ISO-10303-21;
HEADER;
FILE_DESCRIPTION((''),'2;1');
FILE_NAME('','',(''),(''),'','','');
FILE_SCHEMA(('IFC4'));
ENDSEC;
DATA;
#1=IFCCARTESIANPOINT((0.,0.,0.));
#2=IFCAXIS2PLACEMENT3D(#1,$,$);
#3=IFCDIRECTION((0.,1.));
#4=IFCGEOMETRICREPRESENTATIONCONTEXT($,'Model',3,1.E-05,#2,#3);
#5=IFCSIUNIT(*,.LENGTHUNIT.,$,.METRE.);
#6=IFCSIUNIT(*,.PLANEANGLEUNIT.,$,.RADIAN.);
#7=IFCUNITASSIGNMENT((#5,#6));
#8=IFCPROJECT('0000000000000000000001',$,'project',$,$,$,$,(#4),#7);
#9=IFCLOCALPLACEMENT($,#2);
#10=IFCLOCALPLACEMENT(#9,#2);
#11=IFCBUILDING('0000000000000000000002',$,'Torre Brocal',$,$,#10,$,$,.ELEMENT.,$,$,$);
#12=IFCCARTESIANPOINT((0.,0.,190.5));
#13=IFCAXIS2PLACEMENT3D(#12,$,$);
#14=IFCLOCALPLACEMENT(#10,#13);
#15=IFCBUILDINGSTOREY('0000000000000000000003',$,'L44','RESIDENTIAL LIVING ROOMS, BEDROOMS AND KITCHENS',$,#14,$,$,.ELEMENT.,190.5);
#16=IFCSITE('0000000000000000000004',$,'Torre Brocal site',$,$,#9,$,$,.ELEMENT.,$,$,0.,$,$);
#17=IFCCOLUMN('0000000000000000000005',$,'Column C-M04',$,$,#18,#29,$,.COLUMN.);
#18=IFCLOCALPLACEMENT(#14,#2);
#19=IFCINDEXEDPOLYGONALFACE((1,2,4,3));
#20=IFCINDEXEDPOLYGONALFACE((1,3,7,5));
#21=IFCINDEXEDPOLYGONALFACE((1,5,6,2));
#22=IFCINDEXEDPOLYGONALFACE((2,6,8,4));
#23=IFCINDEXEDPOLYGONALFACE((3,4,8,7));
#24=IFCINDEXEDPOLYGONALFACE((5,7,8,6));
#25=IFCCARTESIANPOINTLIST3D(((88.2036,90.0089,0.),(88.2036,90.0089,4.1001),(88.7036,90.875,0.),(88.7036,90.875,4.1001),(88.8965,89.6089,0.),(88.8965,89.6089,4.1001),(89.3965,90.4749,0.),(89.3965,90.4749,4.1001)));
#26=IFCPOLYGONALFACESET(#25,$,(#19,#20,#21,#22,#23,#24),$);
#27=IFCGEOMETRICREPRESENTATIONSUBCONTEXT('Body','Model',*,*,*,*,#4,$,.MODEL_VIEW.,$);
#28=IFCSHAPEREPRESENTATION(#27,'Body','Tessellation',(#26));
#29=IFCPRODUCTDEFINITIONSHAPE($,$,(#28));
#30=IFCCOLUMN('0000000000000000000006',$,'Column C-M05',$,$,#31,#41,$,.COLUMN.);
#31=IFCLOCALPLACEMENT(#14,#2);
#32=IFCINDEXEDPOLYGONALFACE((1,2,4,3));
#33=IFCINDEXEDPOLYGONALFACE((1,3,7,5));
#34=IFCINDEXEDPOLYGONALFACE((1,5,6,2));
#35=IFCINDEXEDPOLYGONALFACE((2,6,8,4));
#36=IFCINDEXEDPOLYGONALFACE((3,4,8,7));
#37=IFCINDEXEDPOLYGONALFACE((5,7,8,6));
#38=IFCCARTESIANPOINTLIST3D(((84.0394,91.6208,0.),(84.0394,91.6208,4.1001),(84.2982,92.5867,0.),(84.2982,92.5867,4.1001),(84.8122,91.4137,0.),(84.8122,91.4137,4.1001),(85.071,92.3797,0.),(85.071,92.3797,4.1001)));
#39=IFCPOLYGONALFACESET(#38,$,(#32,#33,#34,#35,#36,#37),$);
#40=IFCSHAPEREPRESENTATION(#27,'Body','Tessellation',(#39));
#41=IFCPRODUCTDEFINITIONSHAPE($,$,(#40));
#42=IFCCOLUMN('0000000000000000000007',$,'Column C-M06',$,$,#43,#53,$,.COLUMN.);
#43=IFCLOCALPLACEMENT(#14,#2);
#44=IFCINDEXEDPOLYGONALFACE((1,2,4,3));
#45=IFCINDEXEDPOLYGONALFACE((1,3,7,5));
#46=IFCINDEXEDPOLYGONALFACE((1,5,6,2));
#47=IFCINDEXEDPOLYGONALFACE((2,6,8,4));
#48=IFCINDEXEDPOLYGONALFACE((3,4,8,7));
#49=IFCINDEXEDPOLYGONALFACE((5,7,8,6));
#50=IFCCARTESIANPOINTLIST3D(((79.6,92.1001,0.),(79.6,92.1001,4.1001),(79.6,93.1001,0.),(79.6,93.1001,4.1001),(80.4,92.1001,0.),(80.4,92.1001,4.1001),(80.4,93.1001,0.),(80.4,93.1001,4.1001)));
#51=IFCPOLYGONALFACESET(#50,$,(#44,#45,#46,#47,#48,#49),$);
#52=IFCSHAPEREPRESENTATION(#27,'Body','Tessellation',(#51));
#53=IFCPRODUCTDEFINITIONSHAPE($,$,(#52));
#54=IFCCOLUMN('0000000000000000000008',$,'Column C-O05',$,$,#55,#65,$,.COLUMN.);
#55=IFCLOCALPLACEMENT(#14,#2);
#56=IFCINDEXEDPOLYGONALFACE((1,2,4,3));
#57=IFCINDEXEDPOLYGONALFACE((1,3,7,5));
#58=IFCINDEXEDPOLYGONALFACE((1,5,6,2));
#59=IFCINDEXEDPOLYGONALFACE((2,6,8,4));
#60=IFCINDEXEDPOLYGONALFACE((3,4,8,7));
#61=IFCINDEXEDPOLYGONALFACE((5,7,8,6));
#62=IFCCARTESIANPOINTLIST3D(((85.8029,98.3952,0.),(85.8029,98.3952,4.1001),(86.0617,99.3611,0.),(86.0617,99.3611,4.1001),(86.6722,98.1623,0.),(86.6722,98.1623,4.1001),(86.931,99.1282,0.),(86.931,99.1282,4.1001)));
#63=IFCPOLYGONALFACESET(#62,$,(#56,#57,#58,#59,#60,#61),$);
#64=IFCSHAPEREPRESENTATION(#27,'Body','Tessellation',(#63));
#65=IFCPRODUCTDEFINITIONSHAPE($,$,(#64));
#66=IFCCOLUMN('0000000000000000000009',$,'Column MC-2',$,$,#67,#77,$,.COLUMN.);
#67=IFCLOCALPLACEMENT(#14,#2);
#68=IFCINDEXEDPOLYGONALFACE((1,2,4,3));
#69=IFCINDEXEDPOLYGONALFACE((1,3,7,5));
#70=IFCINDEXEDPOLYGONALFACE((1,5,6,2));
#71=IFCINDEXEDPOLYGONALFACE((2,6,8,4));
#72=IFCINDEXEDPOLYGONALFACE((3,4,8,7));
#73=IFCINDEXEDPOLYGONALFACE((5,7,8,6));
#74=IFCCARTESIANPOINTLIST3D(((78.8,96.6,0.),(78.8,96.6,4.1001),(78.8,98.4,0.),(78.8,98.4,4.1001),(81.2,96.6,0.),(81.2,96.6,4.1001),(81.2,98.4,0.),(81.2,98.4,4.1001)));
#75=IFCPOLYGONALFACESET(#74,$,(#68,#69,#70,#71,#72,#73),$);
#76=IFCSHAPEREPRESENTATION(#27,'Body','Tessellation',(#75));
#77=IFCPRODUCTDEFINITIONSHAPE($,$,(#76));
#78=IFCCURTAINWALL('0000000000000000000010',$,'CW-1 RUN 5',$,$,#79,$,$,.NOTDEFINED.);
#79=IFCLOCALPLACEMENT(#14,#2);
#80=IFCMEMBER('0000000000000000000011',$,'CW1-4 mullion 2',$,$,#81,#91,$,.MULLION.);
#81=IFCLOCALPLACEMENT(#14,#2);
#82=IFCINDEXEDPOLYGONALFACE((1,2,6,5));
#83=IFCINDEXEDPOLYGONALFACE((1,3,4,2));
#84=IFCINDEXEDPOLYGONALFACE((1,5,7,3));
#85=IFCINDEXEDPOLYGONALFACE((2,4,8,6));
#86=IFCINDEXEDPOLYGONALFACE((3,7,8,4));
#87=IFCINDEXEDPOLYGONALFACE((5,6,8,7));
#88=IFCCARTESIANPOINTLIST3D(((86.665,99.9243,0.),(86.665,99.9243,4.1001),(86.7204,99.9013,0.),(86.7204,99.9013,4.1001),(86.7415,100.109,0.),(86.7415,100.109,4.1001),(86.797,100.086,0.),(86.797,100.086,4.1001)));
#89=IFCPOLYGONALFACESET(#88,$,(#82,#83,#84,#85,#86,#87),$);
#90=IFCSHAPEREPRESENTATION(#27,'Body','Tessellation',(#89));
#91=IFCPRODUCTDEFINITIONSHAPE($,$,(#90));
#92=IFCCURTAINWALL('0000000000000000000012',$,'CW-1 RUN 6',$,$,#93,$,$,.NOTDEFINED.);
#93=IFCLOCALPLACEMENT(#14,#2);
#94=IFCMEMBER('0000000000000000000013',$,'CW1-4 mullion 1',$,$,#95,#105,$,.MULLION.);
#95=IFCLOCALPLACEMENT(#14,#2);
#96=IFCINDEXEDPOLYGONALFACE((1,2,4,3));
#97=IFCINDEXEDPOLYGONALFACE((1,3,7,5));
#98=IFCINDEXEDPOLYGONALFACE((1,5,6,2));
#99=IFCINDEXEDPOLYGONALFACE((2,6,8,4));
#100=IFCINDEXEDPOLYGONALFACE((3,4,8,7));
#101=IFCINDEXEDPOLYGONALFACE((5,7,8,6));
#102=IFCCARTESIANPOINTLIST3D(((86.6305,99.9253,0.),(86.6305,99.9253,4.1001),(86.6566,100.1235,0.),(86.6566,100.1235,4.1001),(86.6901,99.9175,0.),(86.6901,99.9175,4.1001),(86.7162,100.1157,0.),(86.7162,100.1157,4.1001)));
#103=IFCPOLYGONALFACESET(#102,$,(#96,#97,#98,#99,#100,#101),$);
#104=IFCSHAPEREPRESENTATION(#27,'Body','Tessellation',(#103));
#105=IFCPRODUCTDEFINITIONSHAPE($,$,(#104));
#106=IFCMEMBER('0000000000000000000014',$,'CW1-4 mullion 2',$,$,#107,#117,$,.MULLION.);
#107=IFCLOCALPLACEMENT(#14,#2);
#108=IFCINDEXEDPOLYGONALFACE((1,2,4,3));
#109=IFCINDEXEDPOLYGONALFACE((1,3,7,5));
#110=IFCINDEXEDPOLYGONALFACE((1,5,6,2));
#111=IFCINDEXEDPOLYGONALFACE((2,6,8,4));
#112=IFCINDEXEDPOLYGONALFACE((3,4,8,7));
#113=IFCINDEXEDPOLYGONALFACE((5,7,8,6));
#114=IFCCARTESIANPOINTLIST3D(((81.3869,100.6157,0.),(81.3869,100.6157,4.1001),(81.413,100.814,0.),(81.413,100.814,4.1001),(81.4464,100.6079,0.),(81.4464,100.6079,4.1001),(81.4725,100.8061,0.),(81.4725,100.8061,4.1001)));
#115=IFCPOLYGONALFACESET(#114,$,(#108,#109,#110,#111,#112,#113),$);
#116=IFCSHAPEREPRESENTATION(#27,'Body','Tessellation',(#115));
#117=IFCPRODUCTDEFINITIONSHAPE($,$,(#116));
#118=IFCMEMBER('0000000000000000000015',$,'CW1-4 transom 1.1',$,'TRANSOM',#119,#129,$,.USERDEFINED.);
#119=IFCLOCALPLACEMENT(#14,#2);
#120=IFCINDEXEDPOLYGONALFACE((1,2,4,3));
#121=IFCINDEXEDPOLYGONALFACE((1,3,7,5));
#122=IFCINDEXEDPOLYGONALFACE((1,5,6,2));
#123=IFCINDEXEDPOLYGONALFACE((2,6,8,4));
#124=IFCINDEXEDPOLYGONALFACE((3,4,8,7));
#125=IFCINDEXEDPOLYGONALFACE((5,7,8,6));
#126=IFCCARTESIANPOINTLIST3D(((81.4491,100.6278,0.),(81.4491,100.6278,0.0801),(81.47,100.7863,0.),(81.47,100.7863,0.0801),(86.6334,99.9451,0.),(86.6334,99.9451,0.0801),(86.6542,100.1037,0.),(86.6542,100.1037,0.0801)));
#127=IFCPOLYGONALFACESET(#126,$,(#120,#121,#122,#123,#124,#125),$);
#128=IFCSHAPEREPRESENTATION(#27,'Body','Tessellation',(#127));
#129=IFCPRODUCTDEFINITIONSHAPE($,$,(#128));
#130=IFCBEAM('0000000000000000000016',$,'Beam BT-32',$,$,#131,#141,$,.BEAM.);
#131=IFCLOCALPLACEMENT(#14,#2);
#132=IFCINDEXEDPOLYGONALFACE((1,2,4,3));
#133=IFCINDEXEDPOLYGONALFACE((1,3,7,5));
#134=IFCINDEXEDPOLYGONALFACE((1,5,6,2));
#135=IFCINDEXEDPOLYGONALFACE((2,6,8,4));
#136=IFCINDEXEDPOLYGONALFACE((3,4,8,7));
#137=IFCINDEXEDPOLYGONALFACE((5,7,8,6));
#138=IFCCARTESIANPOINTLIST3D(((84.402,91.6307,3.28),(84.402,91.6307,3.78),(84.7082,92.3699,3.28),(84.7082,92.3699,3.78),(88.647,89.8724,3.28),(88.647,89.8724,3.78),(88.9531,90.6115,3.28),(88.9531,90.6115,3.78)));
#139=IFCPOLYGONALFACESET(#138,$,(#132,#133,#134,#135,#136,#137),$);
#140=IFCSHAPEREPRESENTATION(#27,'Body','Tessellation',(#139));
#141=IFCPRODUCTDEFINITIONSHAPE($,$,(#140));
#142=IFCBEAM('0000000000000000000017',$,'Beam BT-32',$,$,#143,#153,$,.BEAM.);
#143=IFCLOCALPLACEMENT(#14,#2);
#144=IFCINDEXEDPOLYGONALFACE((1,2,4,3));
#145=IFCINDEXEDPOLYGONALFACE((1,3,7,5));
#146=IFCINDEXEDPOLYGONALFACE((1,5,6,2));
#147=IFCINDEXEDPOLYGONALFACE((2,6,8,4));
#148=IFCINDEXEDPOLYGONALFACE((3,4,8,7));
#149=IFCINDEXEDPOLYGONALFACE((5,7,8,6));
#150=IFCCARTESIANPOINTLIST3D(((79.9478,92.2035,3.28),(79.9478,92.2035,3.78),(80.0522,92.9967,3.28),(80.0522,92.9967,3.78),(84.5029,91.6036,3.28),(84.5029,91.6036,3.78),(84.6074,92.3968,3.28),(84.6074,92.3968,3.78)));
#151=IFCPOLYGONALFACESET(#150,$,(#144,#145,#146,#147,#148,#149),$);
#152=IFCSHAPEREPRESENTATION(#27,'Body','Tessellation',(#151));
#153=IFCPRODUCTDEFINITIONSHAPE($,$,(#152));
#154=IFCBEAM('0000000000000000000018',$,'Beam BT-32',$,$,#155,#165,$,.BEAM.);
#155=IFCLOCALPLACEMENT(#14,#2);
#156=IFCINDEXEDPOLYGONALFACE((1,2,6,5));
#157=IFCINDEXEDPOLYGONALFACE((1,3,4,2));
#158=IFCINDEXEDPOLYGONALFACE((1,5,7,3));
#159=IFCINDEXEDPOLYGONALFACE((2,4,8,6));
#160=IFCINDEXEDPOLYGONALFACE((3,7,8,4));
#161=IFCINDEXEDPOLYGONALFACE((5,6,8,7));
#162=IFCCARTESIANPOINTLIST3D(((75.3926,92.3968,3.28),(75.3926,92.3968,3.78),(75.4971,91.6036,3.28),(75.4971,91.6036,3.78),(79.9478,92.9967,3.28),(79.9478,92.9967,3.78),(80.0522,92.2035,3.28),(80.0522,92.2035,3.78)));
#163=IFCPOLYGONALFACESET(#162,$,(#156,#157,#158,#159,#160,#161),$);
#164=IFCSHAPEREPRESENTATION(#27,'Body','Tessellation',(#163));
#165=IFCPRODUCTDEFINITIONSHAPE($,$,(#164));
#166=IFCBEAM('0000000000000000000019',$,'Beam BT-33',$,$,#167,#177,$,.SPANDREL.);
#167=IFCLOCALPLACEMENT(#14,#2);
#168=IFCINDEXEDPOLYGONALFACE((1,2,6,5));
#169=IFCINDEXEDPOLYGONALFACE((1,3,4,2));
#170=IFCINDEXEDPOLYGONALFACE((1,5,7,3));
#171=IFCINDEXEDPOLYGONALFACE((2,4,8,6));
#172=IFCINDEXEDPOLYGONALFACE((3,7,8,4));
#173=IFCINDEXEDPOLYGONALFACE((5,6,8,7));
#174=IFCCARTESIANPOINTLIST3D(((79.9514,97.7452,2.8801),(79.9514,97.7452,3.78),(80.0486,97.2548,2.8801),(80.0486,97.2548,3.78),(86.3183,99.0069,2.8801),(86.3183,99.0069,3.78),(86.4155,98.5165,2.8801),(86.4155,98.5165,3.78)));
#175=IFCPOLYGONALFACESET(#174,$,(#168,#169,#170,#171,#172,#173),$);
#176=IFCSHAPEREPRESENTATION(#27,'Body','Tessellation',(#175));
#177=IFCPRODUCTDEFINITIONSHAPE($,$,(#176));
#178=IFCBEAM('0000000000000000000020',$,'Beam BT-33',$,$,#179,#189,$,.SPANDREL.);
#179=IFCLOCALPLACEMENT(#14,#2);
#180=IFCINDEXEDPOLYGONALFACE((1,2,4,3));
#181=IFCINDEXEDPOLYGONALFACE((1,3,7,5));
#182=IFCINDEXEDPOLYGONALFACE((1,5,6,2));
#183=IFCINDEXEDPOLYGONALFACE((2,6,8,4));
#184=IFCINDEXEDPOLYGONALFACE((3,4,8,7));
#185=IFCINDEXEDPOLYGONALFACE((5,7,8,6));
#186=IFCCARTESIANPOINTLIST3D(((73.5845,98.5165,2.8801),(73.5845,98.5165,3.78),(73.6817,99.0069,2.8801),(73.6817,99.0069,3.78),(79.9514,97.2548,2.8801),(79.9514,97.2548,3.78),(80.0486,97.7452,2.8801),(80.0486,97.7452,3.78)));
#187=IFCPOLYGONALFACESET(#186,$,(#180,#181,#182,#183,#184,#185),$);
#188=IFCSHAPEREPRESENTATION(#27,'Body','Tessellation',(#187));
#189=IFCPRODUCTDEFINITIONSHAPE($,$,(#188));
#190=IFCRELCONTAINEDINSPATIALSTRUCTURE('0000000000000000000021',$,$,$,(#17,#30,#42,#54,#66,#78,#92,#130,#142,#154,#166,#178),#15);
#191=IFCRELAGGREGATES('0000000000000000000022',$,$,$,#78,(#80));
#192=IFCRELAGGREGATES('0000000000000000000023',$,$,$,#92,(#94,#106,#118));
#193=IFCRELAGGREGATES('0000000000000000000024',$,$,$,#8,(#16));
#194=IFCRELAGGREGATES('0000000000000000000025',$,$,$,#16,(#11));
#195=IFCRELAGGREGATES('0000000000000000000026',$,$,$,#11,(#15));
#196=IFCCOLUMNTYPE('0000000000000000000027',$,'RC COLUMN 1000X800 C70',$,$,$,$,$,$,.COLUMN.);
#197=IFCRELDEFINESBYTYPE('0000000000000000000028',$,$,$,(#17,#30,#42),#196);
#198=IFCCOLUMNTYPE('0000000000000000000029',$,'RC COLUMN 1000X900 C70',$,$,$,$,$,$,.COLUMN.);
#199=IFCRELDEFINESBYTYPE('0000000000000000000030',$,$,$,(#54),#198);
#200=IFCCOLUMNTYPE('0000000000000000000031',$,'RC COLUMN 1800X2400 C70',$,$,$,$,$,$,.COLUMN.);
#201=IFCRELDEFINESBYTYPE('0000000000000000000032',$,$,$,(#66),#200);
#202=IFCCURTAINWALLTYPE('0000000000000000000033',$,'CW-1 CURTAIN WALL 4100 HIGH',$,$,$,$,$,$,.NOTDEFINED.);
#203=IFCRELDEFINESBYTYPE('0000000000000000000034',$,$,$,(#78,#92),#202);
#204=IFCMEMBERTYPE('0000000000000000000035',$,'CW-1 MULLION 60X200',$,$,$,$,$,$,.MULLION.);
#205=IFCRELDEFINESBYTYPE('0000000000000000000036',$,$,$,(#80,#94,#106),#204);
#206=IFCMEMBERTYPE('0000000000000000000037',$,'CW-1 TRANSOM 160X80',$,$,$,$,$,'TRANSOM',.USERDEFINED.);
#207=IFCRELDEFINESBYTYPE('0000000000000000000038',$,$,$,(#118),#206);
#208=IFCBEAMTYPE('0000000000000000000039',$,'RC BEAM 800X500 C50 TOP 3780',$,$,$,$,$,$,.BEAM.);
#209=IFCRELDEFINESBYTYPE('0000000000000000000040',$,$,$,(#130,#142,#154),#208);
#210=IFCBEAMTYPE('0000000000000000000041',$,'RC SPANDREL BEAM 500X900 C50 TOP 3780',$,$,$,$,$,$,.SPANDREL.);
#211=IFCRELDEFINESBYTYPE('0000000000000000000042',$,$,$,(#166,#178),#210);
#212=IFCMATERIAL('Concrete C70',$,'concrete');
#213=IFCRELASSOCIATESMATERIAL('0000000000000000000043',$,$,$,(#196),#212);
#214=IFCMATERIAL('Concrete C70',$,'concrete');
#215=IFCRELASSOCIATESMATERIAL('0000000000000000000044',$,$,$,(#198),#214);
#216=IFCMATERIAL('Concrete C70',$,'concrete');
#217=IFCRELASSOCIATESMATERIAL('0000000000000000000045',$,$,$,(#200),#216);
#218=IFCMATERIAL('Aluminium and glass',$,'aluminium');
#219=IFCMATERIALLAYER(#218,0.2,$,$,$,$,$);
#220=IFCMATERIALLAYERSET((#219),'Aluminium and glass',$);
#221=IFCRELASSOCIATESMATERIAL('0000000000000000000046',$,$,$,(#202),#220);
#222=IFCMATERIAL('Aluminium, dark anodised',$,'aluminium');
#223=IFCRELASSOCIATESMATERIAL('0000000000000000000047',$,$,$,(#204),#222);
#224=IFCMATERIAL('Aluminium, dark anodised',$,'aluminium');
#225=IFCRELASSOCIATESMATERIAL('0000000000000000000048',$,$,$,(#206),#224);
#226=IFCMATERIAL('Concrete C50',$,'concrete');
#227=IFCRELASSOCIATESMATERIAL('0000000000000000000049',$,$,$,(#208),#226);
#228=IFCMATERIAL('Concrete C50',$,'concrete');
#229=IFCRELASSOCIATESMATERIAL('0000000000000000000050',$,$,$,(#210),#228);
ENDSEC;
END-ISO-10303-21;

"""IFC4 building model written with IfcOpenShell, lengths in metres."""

from ifc_helpers import new_model, si_unit, direction, frame, origin, origin_2d, place, context, subcontext, project, spatial, rectangle, extrude, material, layer, layer_set, material_profile, profile_set, type_object, element, aggregate, save


model = new_model("IFC4")

# Units and contexts
model_context = context("Model", 3, precision=1e-05, world=origin(), true_north=direction((0.0, 1.0)))
body_context = subcontext(model_context, "Body", "Model", "MODEL_VIEW")
ifc_project = project(units=[si_unit("LENGTHUNIT", "METRE"), si_unit("PLANEANGLEUNIT", "RADIAN")], contexts=[model_context])

# Site, building, storey
site_placement = place(None, origin())
site = spatial("IfcSite", under=ifc_project, at=site_placement, Name="Torre Brocal site", CompositionType="ELEMENT", RefElevation=0.0)
building_placement = place(site_placement, origin())
building = spatial("IfcBuilding", under=site, at=building_placement, Name="Torre Brocal", CompositionType="ELEMENT")
storey_placement = place(building_placement, frame((0.0, 0.0, 190.5)))
storey = spatial("IfcBuildingStorey", under=building, at=storey_placement, Name="L44", Description="RESIDENTIAL LIVING ROOMS, BEDROOMS AND KITCHENS", CompositionType="ELEMENT", Elevation=190.5)

# Columns
ifc_material_1 = material(Name="Concrete C70", Category="concrete")
ifc_material_profile_1 = material_profile(ifc_material_1, rectangle(XDim=1.0, YDim=0.8, at=origin_2d()), Name="RC 1000X800")
ifc_profile_set_1 = profile_set([ifc_material_profile_1], Name="Concrete C70")
column_type_1 = type_object("IfcColumnType", Name="RC COLUMN 1000X800 C70", PredefinedType="COLUMN", material=ifc_profile_set_1)
for number, where, z_axis, x_axis, name in (
    (1, (88.8, 90.2419, 0.0), (0.0, 0.0, 1.0), (0.5, 0.866025, 0.0), "Column C-M04"),
    (2, (84.5552, 92.0002, 0.0), (0.0, 0.0, 1.0), (0.258819, 0.965926, 0.0), "Column C-M05"),
    (3, (80.0, 92.6001, 0.0), (0.0, 0.0, 1.0), (0.0, 1.0, 0.0), "Column C-M06"),
):
    element("IfcColumn", number, at=place(storey_placement, frame(where, z_axis=z_axis, x_axis=x_axis)), inside=storey, type_object=column_type_1, Name=name, PredefinedType="COLUMN", context=body_context, shape_type="SweptSolid", body=[
        extrude(rectangle(XDim=1.0, YDim=0.8, at=origin_2d()), origin(), (0.0, 0.0, 1.0), 4.1001),
    ])
ifc_material_2 = material(Name="Concrete C70", Category="concrete")
ifc_material_profile_2 = material_profile(ifc_material_2, rectangle(XDim=1.0, YDim=0.8999, at=origin_2d()), Name="RC 1000X900")
ifc_profile_set_2 = profile_set([ifc_material_profile_2], Name="Concrete C70")
column_type_2 = type_object("IfcColumnType", Name="RC COLUMN 1000X900 C70", PredefinedType="COLUMN", material=ifc_profile_set_2)
column_1_placement = place(storey_placement, frame((86.3669, 98.7617, 0.0), z_axis=(0.0, 0.0, 1.0), x_axis=(0.258819, 0.965926, 0.0)))
element("IfcColumn", 4, at=column_1_placement, inside=storey, type_object=column_type_2, Name="Column C-O05", PredefinedType="COLUMN", context=body_context, shape_type="SweptSolid", body=[
    extrude(rectangle(XDim=1.0, YDim=0.8999, at=origin_2d()), origin(), (0.0, 0.0, 1.0), 4.1001),
])
ifc_material_3 = material(Name="Concrete C70", Category="concrete")
ifc_material_profile_3 = material_profile(ifc_material_3, rectangle(XDim=1.8, YDim=2.3999, at=origin_2d()), Name="RC 1800X2400")
ifc_profile_set_3 = profile_set([ifc_material_profile_3], Name="Concrete C70")
column_type_3 = type_object("IfcColumnType", Name="RC COLUMN 1800X2400 C70", PredefinedType="COLUMN", material=ifc_profile_set_3)
column_2_placement = place(storey_placement, frame((80.0, 97.5, 0.0), z_axis=(0.0, 0.0, 1.0), x_axis=(0.0, 1.0, 0.0)))
element("IfcColumn", 5, at=column_2_placement, inside=storey, type_object=column_type_3, Name="Column MC-2", PredefinedType="COLUMN", context=body_context, shape_type="SweptSolid", body=[
    extrude(rectangle(XDim=1.8, YDim=2.3999, at=origin_2d()), origin(), (0.0, 0.0, 1.0), 4.1001),
])

# Curtain wall, member
ifc_material_4 = material(Name="Aluminium and glass", Category="aluminium")
ifc_layer_1 = layer(ifc_material_4, 0.2)
ifc_layer_set_1 = layer_set([ifc_layer_1], Name="Aluminium and glass")
curtain_wall_type = type_object("IfcCurtainWallType", Name="CW-1 CURTAIN WALL 4100 HIGH", PredefinedType="NOTDEFINED", material=ifc_layer_set_1)
curtain_wall_1_placement = place(storey_placement, origin())
curtain_wall_1 = element("IfcCurtainWall", 6, at=curtain_wall_1_placement, inside=storey, type_object=curtain_wall_type, Name="CW-1 RUN 5", PredefinedType="NOTDEFINED")
ifc_material_5 = material(Name="Aluminium, dark anodised", Category="aluminium")
ifc_material_profile_4 = material_profile(ifc_material_5, rectangle(XDim=0.2, YDim=0.0601, at=origin_2d()), Name="CW-1 MULLION 60X200")
ifc_profile_set_4 = profile_set([ifc_material_profile_4], Name="Aluminium, dark anodised")
member_type_1 = type_object("IfcMemberType", Name="CW-1 MULLION 60X200", PredefinedType="MULLION", material=ifc_profile_set_4)
member_1_placement = place(storey_placement, frame((86.731, 100.0051, 0.0), z_axis=(0.0, 0.0, 1.0), x_axis=(-0.382683, -0.92388, 0.0)))
member_1 = element("IfcMember", 7, at=member_1_placement, type_object=member_type_1, Name="CW1-4 mullion 2", PredefinedType="MULLION", context=body_context, shape_type="SweptSolid", body=[
    extrude(rectangle(XDim=0.2, YDim=0.0601, at=origin_2d()), origin(), (0.0, 0.0, 1.0), 4.1001),
])

# Curtain wall, members
curtain_wall_2_placement = place(storey_placement, origin())
curtain_wall_2 = element("IfcCurtainWall", 8, at=curtain_wall_2_placement, inside=storey, type_object=curtain_wall_type, Name="CW-1 RUN 6", PredefinedType="NOTDEFINED")
member_2_placement = place(storey_placement, frame((86.6733, 100.0205, 0.0), z_axis=(0.0, 0.0, 1.0), x_axis=(-0.130526, -0.991445, 0.0)))
member_2 = element("IfcMember", 9, at=member_2_placement, type_object=member_type_1, Name="CW1-4 mullion 1", PredefinedType="MULLION", context=body_context, shape_type="SweptSolid", body=[
    extrude(rectangle(XDim=0.2, YDim=0.0601, at=origin_2d()), origin(), (0.0, 0.0, 1.0), 4.1001),
])
member_3_placement = place(storey_placement, frame((81.4297, 100.7109, 0.0), z_axis=(0.0, 0.0, 1.0), x_axis=(-0.130526, -0.991445, 0.0)))
member_3 = element("IfcMember", 10, at=member_3_placement, type_object=member_type_1, Name="CW1-4 mullion 2", PredefinedType="MULLION", context=body_context, shape_type="SweptSolid", body=[
    extrude(rectangle(XDim=0.2, YDim=0.0601, at=origin_2d()), origin(), (0.0, 0.0, 1.0), 4.1001),
])
ifc_material_6 = material(Name="Aluminium, dark anodised", Category="aluminium")
ifc_material_profile_5 = material_profile(ifc_material_6, rectangle(XDim=0.1599, YDim=0.0801, at=origin_2d()), Name="CW-1 TRANSOM 160X80")
ifc_profile_set_5 = profile_set([ifc_material_profile_5], Name="Aluminium, dark anodised")
member_type_2 = type_object("IfcMemberType", Name="CW-1 TRANSOM 160X80", ElementType="TRANSOM", PredefinedType="USERDEFINED", material=ifc_profile_set_5)
member_4_placement = place(storey_placement, frame((86.6438, 100.0244, 0.04), z_axis=(-0.991443, 0.130543, 0.0), x_axis=(-0.130543, -0.991443, 0.0)))
member_4 = element("IfcMember", 11, at=member_4_placement, type_object=member_type_2, Name="CW1-4 transom 1.1", ObjectType="TRANSOM", PredefinedType="USERDEFINED", context=body_context, shape_type="SweptSolid", body=[
    extrude(rectangle(XDim=0.1599, YDim=0.0801, at=origin_2d()), origin(), (0.0, 0.0, 1.0), 5.229),
])

# Beams
ifc_material_7 = material(Name="Concrete C50", Category="concrete")
ifc_material_profile_6 = material_profile(ifc_material_7, rectangle(XDim=0.8, YDim=0.5, at=origin_2d()), Name="RC 800X500")
ifc_profile_set_6 = profile_set([ifc_material_profile_6], Name="Concrete C50")
beam_type_1 = type_object("IfcBeamType", Name="RC BEAM 800X500 C50 TOP 3780", PredefinedType="BEAM", material=ifc_profile_set_6)
beam_placement = place(storey_placement, frame((88.8, 90.2419, 3.53), z_axis=(-0.923878, 0.382687, 0.0), x_axis=(-0.382687, -0.923878, 0.0)))
element("IfcBeam", 12, at=beam_placement, inside=storey, type_object=beam_type_1, Name="Beam BT-32", PredefinedType="BEAM", context=body_context, shape_type="SweptSolid", body=[
    extrude(rectangle(XDim=0.8, YDim=0.5, at=origin_2d()), origin(), (0.0, 0.0, 1.0), 4.5947),
])
for number, where, z_axis, x_axis, name in (
    (13, (84.5552, 92.0002, 3.53), (-0.991441, 0.130559, 0.0), (-0.130559, -0.991441, 0.0), "Beam BT-32"),
    (14, (80.0, 92.6001, 3.53), (-0.991441, -0.130559, 0.0), (0.130559, -0.991441, 0.0), "Beam BT-32"),
):
    element("IfcBeam", number, at=place(storey_placement, frame(where, z_axis=z_axis, x_axis=x_axis)), inside=storey, type_object=beam_type_1, Name=name, PredefinedType="BEAM", context=body_context, shape_type="SweptSolid", body=[
        extrude(rectangle(XDim=0.8, YDim=0.5, at=origin_2d()), origin(), (0.0, 0.0, 1.0), 4.5945),
    ])
ifc_material_8 = material(Name="Concrete C50", Category="concrete")
ifc_material_profile_7 = material_profile(ifc_material_8, rectangle(XDim=0.5, YDim=0.8999, at=origin_2d()), Name="RC 500X900")
ifc_profile_set_7 = profile_set([ifc_material_profile_7], Name="Concrete C50")
beam_type_2 = type_object("IfcBeamType", Name="RC SPANDREL BEAM 500X900 C50 TOP 3780", PredefinedType="SPANDREL", material=ifc_profile_set_7)
for number, where, z_axis, x_axis, name in (
    (15, (86.3669, 98.7617, 3.3301), (-0.980925, -0.194387, 0.0), (0.194387, -0.980925, 0.0), "Beam BT-33"),
    (16, (80.0, 97.5, 3.3301), (-0.980925, 0.194387, 0.0), (-0.194387, -0.980925, 0.0), "Beam BT-33"),
):
    element("IfcBeam", number, at=place(storey_placement, frame(where, z_axis=z_axis, x_axis=x_axis)), inside=storey, type_object=beam_type_2, Name=name, PredefinedType="SPANDREL", context=body_context, shape_type="SweptSolid", body=[
        extrude(rectangle(XDim=0.5, YDim=0.8999, at=origin_2d()), origin(), (0.0, 0.0, 1.0), 6.4907),
    ])

aggregate(curtain_wall_1, [member_1])
aggregate(curtain_wall_2, [member_2, member_3, member_4])

save(model, "model.ifc")
